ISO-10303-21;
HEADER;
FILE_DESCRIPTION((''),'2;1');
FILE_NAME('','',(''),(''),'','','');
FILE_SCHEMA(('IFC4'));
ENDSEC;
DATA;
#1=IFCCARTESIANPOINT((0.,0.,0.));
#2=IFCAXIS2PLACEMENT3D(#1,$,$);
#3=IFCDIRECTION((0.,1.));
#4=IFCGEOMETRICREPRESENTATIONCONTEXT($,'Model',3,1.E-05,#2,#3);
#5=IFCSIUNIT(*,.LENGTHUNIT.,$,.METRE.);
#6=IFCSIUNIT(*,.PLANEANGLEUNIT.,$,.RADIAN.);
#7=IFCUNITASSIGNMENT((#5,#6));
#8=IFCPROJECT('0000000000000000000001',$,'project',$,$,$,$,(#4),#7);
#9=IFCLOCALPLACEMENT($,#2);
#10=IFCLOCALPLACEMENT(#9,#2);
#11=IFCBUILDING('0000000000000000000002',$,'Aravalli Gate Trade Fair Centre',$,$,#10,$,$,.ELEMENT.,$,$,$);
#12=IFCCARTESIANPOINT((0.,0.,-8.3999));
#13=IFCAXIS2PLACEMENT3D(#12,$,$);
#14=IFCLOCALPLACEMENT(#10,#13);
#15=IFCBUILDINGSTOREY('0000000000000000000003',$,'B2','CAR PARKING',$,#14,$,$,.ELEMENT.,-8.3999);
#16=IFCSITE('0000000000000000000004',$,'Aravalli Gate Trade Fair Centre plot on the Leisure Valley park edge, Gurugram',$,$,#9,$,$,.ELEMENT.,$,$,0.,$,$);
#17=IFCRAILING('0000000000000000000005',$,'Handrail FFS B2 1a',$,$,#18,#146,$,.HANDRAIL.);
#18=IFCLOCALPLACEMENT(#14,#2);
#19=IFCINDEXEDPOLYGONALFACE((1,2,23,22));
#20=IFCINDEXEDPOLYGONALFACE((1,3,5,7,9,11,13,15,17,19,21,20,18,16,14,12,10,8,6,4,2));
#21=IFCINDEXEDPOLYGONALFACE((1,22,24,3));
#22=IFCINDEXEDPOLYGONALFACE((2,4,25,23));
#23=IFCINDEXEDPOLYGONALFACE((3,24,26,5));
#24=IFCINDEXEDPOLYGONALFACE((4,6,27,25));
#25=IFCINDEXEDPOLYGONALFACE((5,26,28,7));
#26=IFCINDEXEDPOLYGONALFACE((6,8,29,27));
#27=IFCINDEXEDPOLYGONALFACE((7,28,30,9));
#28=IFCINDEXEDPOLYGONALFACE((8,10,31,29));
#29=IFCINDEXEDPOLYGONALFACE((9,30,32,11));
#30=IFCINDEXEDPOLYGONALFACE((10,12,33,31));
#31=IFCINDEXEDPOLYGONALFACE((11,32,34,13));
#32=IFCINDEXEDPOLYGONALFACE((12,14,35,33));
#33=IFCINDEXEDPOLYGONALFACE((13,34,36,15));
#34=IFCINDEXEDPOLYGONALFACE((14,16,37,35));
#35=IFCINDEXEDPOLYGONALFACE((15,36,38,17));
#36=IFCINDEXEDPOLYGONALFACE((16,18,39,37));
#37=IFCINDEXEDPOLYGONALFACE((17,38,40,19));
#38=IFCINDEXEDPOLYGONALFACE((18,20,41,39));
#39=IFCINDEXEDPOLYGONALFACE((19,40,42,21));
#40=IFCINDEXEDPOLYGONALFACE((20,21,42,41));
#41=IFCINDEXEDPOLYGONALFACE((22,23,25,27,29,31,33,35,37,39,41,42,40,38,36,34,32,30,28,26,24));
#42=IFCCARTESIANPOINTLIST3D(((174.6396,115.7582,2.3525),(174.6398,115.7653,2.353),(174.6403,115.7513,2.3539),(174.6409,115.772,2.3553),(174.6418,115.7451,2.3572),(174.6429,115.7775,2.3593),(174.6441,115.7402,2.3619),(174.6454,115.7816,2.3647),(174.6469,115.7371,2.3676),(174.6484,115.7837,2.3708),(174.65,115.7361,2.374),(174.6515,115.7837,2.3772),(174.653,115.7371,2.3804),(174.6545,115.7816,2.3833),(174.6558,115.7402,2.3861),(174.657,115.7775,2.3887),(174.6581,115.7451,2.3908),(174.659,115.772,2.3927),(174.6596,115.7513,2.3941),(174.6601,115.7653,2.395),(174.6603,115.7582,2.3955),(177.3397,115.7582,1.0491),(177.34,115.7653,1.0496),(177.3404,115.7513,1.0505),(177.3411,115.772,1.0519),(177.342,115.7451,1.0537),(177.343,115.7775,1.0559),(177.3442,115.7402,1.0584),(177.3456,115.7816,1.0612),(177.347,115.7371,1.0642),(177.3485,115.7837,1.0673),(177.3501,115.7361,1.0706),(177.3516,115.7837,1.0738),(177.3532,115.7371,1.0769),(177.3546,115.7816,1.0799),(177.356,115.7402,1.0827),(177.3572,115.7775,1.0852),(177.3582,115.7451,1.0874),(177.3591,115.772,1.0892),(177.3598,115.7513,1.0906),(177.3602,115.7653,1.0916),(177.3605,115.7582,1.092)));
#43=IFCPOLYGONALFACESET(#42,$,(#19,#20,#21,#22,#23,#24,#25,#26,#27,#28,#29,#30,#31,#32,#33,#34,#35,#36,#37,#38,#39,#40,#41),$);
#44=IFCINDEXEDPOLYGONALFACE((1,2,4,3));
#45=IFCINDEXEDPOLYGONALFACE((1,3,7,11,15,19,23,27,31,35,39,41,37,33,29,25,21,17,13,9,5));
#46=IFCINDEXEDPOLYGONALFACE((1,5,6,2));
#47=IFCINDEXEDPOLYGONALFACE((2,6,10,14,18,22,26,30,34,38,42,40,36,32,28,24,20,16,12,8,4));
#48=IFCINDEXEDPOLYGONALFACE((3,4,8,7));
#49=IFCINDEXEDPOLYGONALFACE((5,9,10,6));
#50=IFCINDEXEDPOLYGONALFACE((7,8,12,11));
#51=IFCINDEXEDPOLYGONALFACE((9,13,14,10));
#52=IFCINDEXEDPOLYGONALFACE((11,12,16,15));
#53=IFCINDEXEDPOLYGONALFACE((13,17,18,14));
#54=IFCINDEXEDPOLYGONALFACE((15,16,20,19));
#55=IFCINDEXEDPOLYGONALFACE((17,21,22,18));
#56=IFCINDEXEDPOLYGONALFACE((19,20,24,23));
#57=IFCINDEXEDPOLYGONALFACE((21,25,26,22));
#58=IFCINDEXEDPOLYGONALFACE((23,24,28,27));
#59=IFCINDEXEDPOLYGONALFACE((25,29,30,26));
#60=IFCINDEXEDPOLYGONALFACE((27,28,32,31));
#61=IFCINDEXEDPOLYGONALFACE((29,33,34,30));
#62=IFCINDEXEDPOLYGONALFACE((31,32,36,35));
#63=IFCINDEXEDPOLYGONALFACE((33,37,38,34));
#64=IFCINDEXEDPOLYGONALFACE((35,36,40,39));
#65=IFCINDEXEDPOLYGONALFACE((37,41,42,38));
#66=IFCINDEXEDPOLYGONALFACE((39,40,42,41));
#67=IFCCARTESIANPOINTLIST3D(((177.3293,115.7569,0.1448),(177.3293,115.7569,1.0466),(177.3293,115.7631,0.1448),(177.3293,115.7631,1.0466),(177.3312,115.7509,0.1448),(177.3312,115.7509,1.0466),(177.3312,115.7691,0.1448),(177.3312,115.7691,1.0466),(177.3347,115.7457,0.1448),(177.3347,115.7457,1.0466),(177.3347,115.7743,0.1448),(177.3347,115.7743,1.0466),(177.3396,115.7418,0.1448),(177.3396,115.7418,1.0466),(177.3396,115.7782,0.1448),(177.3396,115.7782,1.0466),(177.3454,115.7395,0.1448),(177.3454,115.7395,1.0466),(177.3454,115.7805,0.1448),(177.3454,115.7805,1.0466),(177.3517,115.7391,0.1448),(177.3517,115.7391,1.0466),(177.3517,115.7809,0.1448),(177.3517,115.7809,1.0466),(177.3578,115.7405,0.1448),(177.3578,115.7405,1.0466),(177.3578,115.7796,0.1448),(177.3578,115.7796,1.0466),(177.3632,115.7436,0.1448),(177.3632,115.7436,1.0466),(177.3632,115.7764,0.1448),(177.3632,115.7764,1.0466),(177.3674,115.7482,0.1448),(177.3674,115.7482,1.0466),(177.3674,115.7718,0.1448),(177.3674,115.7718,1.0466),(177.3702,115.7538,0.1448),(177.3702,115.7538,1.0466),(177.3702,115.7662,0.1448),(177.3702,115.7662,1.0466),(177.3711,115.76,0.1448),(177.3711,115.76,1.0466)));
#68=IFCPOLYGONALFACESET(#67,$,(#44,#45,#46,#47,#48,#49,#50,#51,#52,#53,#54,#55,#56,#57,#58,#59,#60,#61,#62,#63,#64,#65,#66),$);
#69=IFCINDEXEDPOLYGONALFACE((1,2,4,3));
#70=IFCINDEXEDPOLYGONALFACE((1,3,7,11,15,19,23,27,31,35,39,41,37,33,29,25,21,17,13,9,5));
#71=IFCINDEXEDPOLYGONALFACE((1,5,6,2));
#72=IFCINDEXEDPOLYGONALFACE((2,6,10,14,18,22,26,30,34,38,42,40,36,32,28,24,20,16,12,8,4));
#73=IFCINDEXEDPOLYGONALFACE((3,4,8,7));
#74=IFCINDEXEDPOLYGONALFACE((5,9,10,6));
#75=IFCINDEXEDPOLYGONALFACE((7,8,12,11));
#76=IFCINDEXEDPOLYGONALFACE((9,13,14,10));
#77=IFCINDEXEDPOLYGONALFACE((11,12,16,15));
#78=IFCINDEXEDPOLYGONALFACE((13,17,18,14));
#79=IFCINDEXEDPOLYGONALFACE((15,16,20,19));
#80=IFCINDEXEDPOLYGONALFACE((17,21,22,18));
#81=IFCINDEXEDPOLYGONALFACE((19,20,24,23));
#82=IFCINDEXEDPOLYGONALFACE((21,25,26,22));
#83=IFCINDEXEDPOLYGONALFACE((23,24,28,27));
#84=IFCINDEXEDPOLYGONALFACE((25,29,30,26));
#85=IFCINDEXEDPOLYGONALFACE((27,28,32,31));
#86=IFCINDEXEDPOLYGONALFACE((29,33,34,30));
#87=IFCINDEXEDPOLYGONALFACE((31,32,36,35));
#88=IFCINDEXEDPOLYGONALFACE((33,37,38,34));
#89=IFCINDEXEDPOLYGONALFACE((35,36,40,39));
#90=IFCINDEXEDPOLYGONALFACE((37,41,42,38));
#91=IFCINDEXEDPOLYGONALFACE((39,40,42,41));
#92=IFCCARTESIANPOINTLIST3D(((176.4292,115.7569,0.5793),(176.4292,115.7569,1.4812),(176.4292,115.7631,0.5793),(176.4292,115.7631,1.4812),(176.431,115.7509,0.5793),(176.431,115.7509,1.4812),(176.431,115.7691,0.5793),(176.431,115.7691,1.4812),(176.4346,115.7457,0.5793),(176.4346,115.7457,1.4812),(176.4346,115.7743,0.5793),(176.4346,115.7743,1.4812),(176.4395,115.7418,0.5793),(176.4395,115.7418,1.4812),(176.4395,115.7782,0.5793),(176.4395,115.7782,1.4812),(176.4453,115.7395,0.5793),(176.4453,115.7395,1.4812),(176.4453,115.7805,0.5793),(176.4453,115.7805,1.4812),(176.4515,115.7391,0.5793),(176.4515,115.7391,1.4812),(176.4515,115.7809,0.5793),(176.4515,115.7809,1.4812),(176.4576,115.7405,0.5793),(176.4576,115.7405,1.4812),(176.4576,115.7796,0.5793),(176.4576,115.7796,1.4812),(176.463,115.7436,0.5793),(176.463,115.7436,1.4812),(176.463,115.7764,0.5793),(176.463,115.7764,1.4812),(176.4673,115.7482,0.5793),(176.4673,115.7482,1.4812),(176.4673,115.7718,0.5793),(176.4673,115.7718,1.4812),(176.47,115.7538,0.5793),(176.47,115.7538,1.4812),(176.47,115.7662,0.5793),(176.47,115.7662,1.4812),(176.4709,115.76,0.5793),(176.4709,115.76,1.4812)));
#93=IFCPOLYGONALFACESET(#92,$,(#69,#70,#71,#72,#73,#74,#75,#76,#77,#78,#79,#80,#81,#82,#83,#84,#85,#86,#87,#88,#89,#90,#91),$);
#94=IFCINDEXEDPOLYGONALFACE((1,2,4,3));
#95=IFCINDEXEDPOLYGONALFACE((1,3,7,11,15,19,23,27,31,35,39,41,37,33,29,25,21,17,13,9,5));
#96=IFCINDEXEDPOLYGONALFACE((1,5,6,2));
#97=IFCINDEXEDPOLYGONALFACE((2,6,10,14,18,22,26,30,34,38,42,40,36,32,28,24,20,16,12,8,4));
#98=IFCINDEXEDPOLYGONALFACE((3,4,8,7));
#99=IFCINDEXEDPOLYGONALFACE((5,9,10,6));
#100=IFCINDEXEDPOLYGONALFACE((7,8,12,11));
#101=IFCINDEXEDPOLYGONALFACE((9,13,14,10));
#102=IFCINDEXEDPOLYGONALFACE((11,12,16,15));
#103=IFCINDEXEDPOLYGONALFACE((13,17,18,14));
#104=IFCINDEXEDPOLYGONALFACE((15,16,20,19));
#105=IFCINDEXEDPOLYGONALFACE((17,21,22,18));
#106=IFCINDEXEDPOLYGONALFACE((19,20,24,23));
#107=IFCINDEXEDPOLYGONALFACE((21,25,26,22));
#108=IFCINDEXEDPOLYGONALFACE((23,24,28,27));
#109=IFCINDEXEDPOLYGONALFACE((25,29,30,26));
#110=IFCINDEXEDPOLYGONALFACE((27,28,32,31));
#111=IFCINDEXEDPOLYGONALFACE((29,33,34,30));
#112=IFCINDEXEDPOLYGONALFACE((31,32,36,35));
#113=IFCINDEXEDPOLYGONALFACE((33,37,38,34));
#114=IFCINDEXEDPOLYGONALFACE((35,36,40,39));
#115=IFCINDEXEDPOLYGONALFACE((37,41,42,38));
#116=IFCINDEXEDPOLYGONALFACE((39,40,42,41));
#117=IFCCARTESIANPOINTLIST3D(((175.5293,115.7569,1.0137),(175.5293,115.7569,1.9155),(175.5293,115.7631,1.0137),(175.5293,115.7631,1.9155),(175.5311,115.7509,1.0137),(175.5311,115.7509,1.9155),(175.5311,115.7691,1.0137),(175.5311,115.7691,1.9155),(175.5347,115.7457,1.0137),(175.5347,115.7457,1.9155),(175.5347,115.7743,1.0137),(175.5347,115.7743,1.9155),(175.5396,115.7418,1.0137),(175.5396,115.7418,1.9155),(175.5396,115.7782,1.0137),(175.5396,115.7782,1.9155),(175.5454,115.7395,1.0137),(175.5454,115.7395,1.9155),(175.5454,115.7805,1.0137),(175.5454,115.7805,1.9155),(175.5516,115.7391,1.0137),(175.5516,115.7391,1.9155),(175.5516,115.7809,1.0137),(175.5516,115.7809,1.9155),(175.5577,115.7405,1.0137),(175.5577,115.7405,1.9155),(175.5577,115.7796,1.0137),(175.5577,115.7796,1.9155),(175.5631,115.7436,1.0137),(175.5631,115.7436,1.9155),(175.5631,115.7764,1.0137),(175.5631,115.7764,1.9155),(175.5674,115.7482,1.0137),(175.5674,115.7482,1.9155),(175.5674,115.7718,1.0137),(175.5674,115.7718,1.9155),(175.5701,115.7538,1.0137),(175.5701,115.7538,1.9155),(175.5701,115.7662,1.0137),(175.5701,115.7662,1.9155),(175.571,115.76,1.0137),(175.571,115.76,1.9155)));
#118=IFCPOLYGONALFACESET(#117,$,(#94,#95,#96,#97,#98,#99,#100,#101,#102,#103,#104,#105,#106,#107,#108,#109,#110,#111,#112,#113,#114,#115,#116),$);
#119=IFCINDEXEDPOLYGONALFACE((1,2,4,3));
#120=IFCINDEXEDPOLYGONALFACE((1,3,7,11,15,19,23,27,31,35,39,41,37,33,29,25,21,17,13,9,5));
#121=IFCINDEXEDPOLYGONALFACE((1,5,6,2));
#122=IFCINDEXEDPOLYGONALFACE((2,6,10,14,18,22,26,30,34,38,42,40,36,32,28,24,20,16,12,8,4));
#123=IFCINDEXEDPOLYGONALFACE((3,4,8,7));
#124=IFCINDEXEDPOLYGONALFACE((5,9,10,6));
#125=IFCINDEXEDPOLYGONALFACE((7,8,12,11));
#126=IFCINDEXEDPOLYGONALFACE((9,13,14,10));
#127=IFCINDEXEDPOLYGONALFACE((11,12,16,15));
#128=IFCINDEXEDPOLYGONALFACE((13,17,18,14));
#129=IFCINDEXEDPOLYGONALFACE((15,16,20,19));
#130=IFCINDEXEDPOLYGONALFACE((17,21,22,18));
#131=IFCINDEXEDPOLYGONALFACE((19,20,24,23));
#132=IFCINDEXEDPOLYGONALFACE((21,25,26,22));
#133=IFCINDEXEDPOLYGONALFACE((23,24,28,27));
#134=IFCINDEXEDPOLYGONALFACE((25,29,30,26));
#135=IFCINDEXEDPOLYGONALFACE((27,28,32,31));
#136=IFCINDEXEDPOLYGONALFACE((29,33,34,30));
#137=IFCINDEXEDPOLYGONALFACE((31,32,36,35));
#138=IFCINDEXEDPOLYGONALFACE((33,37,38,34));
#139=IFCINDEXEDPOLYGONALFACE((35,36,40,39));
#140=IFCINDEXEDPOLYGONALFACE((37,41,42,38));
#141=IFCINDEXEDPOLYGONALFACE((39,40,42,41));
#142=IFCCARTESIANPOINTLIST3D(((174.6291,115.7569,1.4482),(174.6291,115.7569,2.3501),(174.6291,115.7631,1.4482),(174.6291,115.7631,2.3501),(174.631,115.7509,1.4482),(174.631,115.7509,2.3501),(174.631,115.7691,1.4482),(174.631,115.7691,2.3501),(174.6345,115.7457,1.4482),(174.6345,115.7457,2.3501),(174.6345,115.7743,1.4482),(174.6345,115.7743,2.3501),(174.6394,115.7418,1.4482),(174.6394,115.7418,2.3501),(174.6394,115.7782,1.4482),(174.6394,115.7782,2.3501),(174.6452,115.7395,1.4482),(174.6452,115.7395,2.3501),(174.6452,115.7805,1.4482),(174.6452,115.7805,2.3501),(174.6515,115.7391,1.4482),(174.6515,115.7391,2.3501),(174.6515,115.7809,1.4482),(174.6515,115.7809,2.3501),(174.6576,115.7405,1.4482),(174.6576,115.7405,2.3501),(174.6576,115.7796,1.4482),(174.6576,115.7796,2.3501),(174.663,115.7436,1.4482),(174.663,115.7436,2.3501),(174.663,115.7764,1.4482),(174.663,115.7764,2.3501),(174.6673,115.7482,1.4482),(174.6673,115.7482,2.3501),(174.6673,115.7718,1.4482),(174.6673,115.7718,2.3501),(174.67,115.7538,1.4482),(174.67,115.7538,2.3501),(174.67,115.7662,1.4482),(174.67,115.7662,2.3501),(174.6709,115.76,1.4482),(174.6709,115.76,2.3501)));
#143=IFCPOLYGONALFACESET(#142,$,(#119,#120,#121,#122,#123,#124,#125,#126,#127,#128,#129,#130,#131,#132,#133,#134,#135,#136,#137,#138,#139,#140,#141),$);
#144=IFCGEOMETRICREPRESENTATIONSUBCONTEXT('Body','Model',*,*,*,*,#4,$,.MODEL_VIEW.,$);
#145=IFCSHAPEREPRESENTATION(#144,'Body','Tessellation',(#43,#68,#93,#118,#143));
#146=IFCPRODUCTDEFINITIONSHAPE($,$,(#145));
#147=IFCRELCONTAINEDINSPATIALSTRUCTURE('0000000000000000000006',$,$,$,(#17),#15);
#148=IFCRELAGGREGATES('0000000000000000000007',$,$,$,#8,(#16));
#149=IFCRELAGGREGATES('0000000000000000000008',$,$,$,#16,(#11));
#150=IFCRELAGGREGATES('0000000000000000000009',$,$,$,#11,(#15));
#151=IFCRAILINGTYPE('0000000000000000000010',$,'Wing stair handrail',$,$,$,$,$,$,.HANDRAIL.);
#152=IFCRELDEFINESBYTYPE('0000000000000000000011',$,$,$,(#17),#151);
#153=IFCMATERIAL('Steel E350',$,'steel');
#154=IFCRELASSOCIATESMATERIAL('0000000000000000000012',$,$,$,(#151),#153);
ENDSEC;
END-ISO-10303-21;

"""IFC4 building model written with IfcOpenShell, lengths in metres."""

from ifc_helpers import new_model, si_unit, direction, frame, origin, origin_2d, place, context, subcontext, project, spatial, circle, extrude, material, type_object, element, save


model = new_model("IFC4")

# Units and contexts
model_context = context("Model", 3, precision=1e-05, world=origin(), true_north=direction((0.0, 1.0)))
body_context = subcontext(model_context, "Body", "Model", "MODEL_VIEW")
ifc_project = project(units=[si_unit("LENGTHUNIT", "METRE"), si_unit("PLANEANGLEUNIT", "RADIAN")], contexts=[model_context])

# Site, building, storey
site_placement = place(None, origin())
site = spatial("IfcSite", under=ifc_project, at=site_placement, Name="Aravalli Gate Trade Fair Centre plot on the Leisure Valley park edge, Gurugram", CompositionType="ELEMENT", RefElevation=0.0)
building_placement = place(site_placement, origin())
building = spatial("IfcBuilding", under=site, at=building_placement, Name="Aravalli Gate Trade Fair Centre", CompositionType="ELEMENT")
storey_placement = place(building_placement, frame((0.0, 0.0, -8.3999)))
storey = spatial("IfcBuildingStorey", under=building, at=storey_placement, Name="B2", Description="CAR PARKING", CompositionType="ELEMENT", Elevation=-8.3999)

# Railing
ifc_material_1 = material(Name="Steel E350", Category="steel")
railing_type = type_object("IfcRailingType", Name="Wing stair handrail", PredefinedType="HANDRAIL", material=ifc_material_1)
railing_1_placement = place(storey_placement, frame((177.3501, 115.76, 0.1448)))
element("IfcRailing", 1, at=railing_1_placement, inside=storey, type_object=railing_type, Name="Handrail FFS B2 1a", PredefinedType="HANDRAIL", context=body_context, shape_type="SweptSolid", body=[
    extrude(circle(Radius=0.0239, at=origin_2d()), frame((0.0, 0.0, 0.9258), z_axis=(-0.900562, 0.0, 0.434729), x_axis=(0.0, -1.0, 0.0)), (0.0, 0.0, 1.0), 2.9983),
    extrude(circle(Radius=0.021, at=origin_2d()), origin(), (0.0, 0.0, 1.0), 0.9019),
    extrude(circle(Radius=0.021, at=origin_2d()), frame((-0.9001, 0.0, 0.4346)), (0.0, 0.0, 1.0), 0.9019),
    extrude(circle(Radius=0.021, at=origin_2d()), frame((-1.8, 0.0, 0.8689)), (0.0, 0.0, 1.0), 0.9019),
    extrude(circle(Radius=0.021, at=origin_2d()), frame((-2.7002, 0.0, 1.3035)), (0.0, 0.0, 1.0), 0.9019),
])

save(model, "model.ifc")
